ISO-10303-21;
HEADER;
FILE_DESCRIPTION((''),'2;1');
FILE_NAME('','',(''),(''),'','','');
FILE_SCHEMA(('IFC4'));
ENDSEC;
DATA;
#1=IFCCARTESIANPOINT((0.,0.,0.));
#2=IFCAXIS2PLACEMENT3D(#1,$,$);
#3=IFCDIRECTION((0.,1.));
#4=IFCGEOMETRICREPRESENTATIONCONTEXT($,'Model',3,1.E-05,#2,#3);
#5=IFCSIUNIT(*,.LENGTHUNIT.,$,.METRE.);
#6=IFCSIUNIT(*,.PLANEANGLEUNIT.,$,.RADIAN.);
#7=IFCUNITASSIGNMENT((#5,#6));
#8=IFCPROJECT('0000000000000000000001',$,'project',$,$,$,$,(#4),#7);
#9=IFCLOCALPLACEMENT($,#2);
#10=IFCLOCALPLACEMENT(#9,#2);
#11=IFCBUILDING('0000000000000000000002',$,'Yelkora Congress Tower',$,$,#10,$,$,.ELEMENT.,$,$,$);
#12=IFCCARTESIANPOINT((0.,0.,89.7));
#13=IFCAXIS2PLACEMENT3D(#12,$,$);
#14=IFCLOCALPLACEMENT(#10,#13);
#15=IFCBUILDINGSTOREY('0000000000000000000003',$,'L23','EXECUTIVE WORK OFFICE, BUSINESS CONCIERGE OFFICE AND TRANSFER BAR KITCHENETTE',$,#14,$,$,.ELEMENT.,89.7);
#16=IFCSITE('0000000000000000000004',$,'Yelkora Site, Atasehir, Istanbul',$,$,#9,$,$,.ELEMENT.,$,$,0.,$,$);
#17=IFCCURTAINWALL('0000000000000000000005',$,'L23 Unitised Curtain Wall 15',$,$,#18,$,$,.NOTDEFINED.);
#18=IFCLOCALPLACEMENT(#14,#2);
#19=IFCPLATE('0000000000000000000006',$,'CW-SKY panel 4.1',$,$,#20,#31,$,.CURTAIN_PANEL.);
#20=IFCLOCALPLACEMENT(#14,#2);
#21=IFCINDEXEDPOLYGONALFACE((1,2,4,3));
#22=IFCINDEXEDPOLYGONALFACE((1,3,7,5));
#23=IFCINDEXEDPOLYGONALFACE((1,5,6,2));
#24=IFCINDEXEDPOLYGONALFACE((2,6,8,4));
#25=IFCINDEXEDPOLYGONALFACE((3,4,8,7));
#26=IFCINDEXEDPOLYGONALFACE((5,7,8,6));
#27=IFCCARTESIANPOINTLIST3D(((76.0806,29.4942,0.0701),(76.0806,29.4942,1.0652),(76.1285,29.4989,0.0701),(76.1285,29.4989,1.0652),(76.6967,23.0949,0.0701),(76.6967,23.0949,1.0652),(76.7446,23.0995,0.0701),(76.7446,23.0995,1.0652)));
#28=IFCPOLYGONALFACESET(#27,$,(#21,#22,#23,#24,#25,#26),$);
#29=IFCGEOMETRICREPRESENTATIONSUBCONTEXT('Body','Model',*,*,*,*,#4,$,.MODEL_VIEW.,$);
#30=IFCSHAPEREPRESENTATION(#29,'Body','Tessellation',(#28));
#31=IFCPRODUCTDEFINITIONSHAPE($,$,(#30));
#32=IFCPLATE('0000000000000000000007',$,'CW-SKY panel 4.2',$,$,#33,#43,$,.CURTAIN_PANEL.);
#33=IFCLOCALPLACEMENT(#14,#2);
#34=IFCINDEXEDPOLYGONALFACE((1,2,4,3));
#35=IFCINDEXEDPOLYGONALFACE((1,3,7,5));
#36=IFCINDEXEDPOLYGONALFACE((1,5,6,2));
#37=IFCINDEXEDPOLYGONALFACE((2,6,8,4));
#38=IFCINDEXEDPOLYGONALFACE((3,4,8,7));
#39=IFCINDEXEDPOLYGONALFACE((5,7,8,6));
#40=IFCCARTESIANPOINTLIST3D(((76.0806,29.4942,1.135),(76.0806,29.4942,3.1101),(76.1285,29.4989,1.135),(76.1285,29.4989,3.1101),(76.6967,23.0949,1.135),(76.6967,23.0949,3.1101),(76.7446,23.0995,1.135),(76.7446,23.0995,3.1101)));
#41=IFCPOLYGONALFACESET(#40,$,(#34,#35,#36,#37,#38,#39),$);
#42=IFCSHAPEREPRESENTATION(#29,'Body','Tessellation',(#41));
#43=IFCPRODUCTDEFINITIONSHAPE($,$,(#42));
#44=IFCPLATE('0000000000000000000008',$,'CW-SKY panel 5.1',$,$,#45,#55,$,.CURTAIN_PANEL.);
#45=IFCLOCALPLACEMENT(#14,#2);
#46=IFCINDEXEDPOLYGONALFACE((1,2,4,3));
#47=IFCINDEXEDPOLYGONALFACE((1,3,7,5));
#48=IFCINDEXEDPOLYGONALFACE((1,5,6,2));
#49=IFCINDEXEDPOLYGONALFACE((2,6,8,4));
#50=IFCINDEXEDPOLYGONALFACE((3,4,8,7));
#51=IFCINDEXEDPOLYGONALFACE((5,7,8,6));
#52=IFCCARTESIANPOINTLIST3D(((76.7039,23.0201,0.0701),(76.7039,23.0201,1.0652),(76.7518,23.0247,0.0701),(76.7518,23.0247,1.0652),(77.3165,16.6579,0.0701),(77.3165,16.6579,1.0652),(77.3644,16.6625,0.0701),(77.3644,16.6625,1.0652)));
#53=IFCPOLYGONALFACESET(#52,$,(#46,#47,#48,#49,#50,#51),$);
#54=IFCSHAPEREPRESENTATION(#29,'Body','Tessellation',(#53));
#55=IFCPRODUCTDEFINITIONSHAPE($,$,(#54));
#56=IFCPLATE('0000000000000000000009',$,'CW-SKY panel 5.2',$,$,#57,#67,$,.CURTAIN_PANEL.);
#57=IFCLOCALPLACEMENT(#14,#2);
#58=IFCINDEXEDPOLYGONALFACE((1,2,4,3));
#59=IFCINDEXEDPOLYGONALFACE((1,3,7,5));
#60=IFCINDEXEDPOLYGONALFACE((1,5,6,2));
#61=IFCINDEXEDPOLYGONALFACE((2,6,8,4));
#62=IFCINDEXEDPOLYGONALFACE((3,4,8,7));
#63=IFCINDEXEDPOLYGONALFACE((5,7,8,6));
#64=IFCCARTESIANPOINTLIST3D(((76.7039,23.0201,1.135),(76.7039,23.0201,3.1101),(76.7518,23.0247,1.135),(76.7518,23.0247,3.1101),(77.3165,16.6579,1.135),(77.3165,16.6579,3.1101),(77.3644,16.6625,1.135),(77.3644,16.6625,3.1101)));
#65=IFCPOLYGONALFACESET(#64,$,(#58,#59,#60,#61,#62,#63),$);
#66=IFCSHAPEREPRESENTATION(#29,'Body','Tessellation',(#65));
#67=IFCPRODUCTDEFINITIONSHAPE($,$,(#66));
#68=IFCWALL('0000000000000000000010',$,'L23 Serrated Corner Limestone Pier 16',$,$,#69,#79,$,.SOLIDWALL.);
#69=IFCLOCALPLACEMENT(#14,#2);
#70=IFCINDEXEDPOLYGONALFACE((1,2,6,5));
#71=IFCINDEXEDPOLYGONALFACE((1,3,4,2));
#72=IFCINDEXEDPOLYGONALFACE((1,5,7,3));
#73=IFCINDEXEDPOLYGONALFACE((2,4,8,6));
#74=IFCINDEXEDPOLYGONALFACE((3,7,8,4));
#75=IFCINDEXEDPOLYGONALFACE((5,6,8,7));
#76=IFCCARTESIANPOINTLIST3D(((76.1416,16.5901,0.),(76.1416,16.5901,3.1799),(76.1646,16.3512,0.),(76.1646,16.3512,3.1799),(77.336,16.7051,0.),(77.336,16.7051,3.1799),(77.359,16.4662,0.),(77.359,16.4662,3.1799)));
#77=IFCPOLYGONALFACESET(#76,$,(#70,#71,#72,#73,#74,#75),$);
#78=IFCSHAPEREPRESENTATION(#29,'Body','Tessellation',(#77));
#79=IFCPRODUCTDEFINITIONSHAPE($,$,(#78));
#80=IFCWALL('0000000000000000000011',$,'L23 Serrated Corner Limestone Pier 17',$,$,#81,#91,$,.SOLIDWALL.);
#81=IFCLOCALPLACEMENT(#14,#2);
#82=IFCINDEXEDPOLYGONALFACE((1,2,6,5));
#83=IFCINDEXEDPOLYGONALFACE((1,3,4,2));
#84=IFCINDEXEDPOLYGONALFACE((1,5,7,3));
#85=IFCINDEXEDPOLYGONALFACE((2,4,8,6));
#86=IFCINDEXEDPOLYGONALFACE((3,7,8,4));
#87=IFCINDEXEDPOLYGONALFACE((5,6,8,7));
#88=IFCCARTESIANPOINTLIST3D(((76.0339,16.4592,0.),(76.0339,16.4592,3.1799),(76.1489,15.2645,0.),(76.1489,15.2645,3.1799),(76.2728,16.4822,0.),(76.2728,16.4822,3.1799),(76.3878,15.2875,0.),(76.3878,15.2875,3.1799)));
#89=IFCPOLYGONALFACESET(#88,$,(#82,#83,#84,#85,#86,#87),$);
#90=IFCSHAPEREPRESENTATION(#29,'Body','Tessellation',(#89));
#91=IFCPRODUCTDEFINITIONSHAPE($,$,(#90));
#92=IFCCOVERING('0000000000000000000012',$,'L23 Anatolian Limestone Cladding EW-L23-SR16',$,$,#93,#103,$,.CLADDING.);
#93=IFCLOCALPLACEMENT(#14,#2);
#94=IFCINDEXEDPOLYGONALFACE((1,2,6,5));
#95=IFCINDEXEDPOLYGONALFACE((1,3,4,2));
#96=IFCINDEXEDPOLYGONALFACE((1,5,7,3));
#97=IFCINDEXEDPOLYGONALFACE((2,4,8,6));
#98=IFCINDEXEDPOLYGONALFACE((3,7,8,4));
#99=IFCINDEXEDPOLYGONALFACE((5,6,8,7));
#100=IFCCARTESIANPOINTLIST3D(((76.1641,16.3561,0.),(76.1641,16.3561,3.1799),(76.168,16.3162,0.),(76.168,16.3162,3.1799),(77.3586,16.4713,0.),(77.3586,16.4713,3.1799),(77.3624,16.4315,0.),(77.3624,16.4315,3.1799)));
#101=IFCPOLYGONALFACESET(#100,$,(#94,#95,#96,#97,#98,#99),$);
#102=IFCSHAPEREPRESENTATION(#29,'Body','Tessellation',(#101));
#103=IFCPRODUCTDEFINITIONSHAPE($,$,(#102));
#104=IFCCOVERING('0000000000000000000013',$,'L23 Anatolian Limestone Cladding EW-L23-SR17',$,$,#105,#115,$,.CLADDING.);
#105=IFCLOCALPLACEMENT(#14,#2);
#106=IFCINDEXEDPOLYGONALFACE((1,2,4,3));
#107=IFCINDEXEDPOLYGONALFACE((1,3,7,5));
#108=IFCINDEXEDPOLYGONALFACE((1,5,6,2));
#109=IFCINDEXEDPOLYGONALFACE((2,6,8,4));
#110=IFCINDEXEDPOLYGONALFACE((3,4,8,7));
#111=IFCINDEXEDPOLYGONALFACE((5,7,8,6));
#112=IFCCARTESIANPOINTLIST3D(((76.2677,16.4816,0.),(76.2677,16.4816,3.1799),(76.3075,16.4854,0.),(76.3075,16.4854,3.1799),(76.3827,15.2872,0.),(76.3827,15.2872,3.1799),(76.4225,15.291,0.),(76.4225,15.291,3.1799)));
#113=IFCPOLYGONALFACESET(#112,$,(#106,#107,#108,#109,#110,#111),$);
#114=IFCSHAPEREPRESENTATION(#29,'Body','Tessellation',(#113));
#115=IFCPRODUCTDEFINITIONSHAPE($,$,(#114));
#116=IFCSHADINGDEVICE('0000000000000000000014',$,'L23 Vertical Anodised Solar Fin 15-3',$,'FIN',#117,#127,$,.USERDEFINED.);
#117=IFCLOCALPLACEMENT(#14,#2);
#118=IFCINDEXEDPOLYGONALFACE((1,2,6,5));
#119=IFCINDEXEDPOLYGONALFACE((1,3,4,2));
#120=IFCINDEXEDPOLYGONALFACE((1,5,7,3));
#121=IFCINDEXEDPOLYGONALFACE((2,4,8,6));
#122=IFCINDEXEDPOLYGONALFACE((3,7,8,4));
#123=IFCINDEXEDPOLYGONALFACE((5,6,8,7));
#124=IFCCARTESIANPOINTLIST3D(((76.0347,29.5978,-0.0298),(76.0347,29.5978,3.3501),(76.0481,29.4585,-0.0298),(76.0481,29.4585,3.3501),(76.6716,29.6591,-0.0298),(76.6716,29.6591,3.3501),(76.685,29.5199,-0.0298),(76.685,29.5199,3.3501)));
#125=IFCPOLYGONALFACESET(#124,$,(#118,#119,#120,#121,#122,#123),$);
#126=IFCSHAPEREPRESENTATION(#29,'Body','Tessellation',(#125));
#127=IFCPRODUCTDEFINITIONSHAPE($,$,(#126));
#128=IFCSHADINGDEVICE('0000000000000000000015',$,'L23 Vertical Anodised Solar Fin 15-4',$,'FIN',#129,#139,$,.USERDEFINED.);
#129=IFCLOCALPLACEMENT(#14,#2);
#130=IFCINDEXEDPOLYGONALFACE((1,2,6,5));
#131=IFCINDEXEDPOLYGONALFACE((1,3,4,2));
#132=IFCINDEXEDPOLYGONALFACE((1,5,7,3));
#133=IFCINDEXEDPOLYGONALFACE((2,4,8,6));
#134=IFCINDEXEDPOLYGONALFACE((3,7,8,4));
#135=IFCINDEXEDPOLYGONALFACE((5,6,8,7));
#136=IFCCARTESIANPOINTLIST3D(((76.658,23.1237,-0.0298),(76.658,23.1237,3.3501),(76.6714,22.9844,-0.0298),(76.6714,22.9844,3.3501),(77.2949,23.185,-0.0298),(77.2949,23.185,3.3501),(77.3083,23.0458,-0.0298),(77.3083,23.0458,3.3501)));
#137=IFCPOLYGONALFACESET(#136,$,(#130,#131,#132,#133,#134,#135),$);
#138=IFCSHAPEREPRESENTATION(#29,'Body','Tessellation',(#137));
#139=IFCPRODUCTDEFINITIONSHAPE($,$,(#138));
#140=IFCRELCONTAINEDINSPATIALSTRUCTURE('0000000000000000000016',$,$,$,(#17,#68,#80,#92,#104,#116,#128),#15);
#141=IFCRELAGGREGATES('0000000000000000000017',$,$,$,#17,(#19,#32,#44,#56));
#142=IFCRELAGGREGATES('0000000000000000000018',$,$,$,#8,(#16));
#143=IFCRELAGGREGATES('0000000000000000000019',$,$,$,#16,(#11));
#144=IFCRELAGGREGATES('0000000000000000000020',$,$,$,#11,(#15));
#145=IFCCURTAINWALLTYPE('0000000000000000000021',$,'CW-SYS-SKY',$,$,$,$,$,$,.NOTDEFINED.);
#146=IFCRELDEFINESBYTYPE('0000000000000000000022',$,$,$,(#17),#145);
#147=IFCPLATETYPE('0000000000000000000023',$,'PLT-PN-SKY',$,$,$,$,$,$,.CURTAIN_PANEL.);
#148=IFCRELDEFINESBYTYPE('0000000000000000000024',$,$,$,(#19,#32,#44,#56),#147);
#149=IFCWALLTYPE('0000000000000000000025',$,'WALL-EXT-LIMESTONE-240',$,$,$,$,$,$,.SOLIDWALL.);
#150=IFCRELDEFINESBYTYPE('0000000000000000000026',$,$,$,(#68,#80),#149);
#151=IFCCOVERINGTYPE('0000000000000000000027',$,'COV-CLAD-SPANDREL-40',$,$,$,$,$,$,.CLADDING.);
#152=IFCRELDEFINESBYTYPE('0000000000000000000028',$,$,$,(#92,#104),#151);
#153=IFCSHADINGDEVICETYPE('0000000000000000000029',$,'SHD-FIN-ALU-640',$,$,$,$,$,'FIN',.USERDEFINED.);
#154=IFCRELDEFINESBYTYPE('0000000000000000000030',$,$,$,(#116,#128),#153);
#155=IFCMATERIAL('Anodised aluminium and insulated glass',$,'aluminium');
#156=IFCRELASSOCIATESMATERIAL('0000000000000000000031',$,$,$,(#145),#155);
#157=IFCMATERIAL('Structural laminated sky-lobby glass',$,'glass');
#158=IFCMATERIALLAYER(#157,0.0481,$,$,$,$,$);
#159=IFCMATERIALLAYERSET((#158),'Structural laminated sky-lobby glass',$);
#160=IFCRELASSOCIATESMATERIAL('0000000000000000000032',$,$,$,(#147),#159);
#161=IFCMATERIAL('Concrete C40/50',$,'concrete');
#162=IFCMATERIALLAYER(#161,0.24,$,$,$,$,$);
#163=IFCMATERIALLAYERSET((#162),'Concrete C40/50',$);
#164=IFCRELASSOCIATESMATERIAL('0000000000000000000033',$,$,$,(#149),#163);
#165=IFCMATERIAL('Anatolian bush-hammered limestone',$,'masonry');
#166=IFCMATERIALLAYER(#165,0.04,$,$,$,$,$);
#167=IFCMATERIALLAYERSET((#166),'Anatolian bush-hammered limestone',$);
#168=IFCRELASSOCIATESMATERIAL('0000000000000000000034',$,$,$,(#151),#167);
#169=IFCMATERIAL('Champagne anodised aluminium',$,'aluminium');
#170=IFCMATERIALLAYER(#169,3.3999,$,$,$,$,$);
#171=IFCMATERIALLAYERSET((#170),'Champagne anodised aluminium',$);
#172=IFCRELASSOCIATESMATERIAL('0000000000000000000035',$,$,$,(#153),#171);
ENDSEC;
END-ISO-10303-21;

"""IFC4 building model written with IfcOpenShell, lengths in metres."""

from ifc_helpers import new_model, si_unit, direction, frame, frame_2d, origin, origin_2d, place, context, subcontext, project, spatial, rectangle, extrude, material, layer, layer_set, type_object, element, aggregate, save


model = new_model("IFC4")

# Units and contexts
model_context = context("Model", 3, precision=1e-05, world=origin(), true_north=direction((0.0, 1.0)))
body_context = subcontext(model_context, "Body", "Model", "MODEL_VIEW")
ifc_project = project(units=[si_unit("LENGTHUNIT", "METRE"), si_unit("PLANEANGLEUNIT", "RADIAN")], contexts=[model_context])

# Site, building, storey
site_placement = place(None, origin())
site = spatial("IfcSite", under=ifc_project, at=site_placement, Name="Yelkora Site, Atasehir, Istanbul", CompositionType="ELEMENT", RefElevation=0.0)
building_placement = place(site_placement, origin())
building = spatial("IfcBuilding", under=site, at=building_placement, Name="Yelkora Congress Tower", CompositionType="ELEMENT")
storey_placement = place(building_placement, frame((0.0, 0.0, 89.7)))
storey = spatial("IfcBuildingStorey", under=building, at=storey_placement, Name="L23", Description="EXECUTIVE WORK OFFICE, BUSINESS CONCIERGE OFFICE AND TRANSFER BAR KITCHENETTE", CompositionType="ELEMENT", Elevation=89.7)

# Curtain wall, plates
ifc_material_1 = material(Name="Anodised aluminium and insulated glass", Category="aluminium")
curtain_wall_type = type_object("IfcCurtainWallType", Name="CW-SYS-SKY", PredefinedType="NOTDEFINED", material=ifc_material_1)
curtain_wall_placement = place(storey_placement, origin())
curtain_wall = element("IfcCurtainWall", 1, at=curtain_wall_placement, inside=storey, type_object=curtain_wall_type, Name="L23 Unitised Curtain Wall 15", PredefinedType="NOTDEFINED")
ifc_material_2 = material(Name="Structural laminated sky-lobby glass", Category="glass")
ifc_layer_1 = layer(ifc_material_2, 0.0481)
ifc_layer_set_1 = layer_set([ifc_layer_1], Name="Structural laminated sky-lobby glass")
plate_type = type_object("IfcPlateType", Name="PLT-PN-SKY", PredefinedType="CURTAIN_PANEL", material=ifc_layer_set_1)
plate_1_placement = place(storey_placement, frame((76.4126, 26.2969, 0.0701), z_axis=(0.0, 0.0, 1.0), x_axis=(0.095843, -0.995397, 0.0)))
plate_1 = element("IfcPlate", 2, at=plate_1_placement, type_object=plate_type, Name="CW-SKY panel 4.1", PredefinedType="CURTAIN_PANEL", context=body_context, shape_type="SweptSolid", body=[
    extrude(rectangle(XDim=6.429, YDim=0.0481, at=origin_2d()), origin(), (0.0, 0.0, 1.0), 0.9951),
])
plate_2_placement = place(storey_placement, frame((76.4126, 26.2969, 1.135), z_axis=(0.0, 0.0, 1.0), x_axis=(0.095843, -0.995397, 0.0)))
plate_2 = element("IfcPlate", 3, at=plate_2_placement, type_object=plate_type, Name="CW-SKY panel 4.2", PredefinedType="CURTAIN_PANEL", context=body_context, shape_type="SweptSolid", body=[
    extrude(rectangle(XDim=6.429, YDim=0.0481, at=origin_2d()), origin(), (0.0, 0.0, 1.0), 1.9751),
])
plate_3_placement = place(storey_placement, frame((77.0342, 19.8413, 0.0701), z_axis=(0.0, 0.0, 1.0), x_axis=(0.095843, -0.995397, 0.0)))
plate_3 = element("IfcPlate", 4, at=plate_3_placement, type_object=plate_type, Name="CW-SKY panel 5.1", PredefinedType="CURTAIN_PANEL", context=body_context, shape_type="SweptSolid", body=[
    extrude(rectangle(XDim=6.3916, YDim=0.0481, at=origin_2d()), origin(), (0.0, 0.0, 1.0), 0.9951),
])
plate_4_placement = place(storey_placement, frame((77.0342, 19.8413, 1.135), z_axis=(0.0, 0.0, 1.0), x_axis=(0.095843, -0.995397, 0.0)))
plate_4 = element("IfcPlate", 5, at=plate_4_placement, type_object=plate_type, Name="CW-SKY panel 5.2", PredefinedType="CURTAIN_PANEL", context=body_context, shape_type="SweptSolid", body=[
    extrude(rectangle(XDim=6.3916, YDim=0.0481, at=origin_2d()), origin(), (0.0, 0.0, 1.0), 1.9751),
])
aggregate(curtain_wall, [plate_1, plate_2, plate_3, plate_4])

# Walls
ifc_material_3 = material(Name="Concrete C40/50", Category="concrete")
ifc_layer_2 = layer(ifc_material_3, 0.24)
ifc_layer_set_2 = layer_set([ifc_layer_2], Name="Concrete C40/50")
wall_type = type_object("IfcWallType", Name="WALL-EXT-LIMESTONE-240", PredefinedType="SOLIDWALL", material=ifc_layer_set_2)
wall_1_placement = place(storey_placement, frame((77.3477, 16.5857, 0.0), z_axis=(0.0, 0.0, 1.0), x_axis=(-0.995397, -0.095836, 0.0)))
element("IfcWall", 6, at=wall_1_placement, inside=storey, type_object=wall_type, Name="L23 Serrated Corner Limestone Pier 16", PredefinedType="SOLIDWALL", context=body_context, shape_type="SweptSolid", body=[
    extrude(rectangle(XDim=1.2, YDim=0.24, at=frame_2d((0.6001, 0.0))), origin(), (0.0, 0.0, 1.0), 3.1799),
])
wall_2_placement = place(storey_placement, frame((76.1533, 16.4707, 0.0), z_axis=(0.0, 0.0, 1.0), x_axis=(0.095817, -0.995399, 0.0)))
element("IfcWall", 7, at=wall_2_placement, inside=storey, type_object=wall_type, Name="L23 Serrated Corner Limestone Pier 17", PredefinedType="SOLIDWALL", context=body_context, shape_type="SweptSolid", body=[
    extrude(rectangle(XDim=1.2002, YDim=0.24, at=frame_2d((0.6001, 0.0))), origin(), (0.0, 0.0, 1.0), 3.1799),
])

# Coverings
ifc_material_4 = material(Name="Anatolian bush-hammered limestone", Category="masonry")
ifc_layer_3 = layer(ifc_material_4, 0.04)
ifc_layer_set_3 = layer_set([ifc_layer_3], Name="Anatolian bush-hammered limestone")
covering_type = type_object("IfcCoveringType", Name="COV-CLAD-SPANDREL-40", PredefinedType="CLADDING", material=ifc_layer_set_3)
for number, where, z_axis, x_axis, name in (
    (8, (77.3606, 16.4514, 0.0), (0.0, 0.0, 1.0), (-0.995378, -0.096038, 0.0), "L23 Anatolian Limestone Cladding EW-L23-SR16"),
    (9, (76.2876, 16.4836, 0.0), (0.0, 0.0, 1.0), (0.095836, -0.995397, 0.0), "L23 Anatolian Limestone Cladding EW-L23-SR17"),
):
    element("IfcCovering", number, at=place(storey_placement, frame(where, z_axis=z_axis, x_axis=x_axis)), inside=storey, type_object=covering_type, Name=name, PredefinedType="CLADDING", context=body_context, shape_type="SweptSolid", body=[
        extrude(rectangle(XDim=1.2, YDim=0.04, at=frame_2d((0.6001, 0.0))), origin(), (0.0, 0.0, 1.0), 3.1799),
    ])

# Shading devices
ifc_material_5 = material(Name="Champagne anodised aluminium", Category="aluminium")
ifc_layer_4 = layer(ifc_material_5, 3.3999)
ifc_layer_set_4 = layer_set([ifc_layer_4], Name="Champagne anodised aluminium")
shading_device_type = type_object("IfcShadingDeviceType", Name="SHD-FIN-ALU-640", ElementType="FIN", PredefinedType="USERDEFINED", material=ifc_layer_set_4)
for number, where, z_axis, x_axis, name in (
    (10, (76.3599, 29.5588, -0.0298), (0.0, 0.0, 1.0), (0.095846, -0.995396, 0.0), "L23 Vertical Anodised Solar Fin 15-3"),
    (11, (76.9832, 23.0847, -0.0298), (0.0, 0.0, 1.0), (0.095846, -0.995396, 0.0), "L23 Vertical Anodised Solar Fin 15-4"),
):
    element("IfcShadingDevice", number, at=place(storey_placement, frame(where, z_axis=z_axis, x_axis=x_axis)), inside=storey, type_object=shading_device_type, Name=name, ObjectType="FIN", PredefinedType="USERDEFINED", context=body_context, shape_type="SweptSolid", body=[
        extrude(rectangle(XDim=0.1399, YDim=0.6399, at=origin_2d()), origin(), (0.0, 0.0, 1.0), 3.3799),
    ])

save(model, "model.ifc")
